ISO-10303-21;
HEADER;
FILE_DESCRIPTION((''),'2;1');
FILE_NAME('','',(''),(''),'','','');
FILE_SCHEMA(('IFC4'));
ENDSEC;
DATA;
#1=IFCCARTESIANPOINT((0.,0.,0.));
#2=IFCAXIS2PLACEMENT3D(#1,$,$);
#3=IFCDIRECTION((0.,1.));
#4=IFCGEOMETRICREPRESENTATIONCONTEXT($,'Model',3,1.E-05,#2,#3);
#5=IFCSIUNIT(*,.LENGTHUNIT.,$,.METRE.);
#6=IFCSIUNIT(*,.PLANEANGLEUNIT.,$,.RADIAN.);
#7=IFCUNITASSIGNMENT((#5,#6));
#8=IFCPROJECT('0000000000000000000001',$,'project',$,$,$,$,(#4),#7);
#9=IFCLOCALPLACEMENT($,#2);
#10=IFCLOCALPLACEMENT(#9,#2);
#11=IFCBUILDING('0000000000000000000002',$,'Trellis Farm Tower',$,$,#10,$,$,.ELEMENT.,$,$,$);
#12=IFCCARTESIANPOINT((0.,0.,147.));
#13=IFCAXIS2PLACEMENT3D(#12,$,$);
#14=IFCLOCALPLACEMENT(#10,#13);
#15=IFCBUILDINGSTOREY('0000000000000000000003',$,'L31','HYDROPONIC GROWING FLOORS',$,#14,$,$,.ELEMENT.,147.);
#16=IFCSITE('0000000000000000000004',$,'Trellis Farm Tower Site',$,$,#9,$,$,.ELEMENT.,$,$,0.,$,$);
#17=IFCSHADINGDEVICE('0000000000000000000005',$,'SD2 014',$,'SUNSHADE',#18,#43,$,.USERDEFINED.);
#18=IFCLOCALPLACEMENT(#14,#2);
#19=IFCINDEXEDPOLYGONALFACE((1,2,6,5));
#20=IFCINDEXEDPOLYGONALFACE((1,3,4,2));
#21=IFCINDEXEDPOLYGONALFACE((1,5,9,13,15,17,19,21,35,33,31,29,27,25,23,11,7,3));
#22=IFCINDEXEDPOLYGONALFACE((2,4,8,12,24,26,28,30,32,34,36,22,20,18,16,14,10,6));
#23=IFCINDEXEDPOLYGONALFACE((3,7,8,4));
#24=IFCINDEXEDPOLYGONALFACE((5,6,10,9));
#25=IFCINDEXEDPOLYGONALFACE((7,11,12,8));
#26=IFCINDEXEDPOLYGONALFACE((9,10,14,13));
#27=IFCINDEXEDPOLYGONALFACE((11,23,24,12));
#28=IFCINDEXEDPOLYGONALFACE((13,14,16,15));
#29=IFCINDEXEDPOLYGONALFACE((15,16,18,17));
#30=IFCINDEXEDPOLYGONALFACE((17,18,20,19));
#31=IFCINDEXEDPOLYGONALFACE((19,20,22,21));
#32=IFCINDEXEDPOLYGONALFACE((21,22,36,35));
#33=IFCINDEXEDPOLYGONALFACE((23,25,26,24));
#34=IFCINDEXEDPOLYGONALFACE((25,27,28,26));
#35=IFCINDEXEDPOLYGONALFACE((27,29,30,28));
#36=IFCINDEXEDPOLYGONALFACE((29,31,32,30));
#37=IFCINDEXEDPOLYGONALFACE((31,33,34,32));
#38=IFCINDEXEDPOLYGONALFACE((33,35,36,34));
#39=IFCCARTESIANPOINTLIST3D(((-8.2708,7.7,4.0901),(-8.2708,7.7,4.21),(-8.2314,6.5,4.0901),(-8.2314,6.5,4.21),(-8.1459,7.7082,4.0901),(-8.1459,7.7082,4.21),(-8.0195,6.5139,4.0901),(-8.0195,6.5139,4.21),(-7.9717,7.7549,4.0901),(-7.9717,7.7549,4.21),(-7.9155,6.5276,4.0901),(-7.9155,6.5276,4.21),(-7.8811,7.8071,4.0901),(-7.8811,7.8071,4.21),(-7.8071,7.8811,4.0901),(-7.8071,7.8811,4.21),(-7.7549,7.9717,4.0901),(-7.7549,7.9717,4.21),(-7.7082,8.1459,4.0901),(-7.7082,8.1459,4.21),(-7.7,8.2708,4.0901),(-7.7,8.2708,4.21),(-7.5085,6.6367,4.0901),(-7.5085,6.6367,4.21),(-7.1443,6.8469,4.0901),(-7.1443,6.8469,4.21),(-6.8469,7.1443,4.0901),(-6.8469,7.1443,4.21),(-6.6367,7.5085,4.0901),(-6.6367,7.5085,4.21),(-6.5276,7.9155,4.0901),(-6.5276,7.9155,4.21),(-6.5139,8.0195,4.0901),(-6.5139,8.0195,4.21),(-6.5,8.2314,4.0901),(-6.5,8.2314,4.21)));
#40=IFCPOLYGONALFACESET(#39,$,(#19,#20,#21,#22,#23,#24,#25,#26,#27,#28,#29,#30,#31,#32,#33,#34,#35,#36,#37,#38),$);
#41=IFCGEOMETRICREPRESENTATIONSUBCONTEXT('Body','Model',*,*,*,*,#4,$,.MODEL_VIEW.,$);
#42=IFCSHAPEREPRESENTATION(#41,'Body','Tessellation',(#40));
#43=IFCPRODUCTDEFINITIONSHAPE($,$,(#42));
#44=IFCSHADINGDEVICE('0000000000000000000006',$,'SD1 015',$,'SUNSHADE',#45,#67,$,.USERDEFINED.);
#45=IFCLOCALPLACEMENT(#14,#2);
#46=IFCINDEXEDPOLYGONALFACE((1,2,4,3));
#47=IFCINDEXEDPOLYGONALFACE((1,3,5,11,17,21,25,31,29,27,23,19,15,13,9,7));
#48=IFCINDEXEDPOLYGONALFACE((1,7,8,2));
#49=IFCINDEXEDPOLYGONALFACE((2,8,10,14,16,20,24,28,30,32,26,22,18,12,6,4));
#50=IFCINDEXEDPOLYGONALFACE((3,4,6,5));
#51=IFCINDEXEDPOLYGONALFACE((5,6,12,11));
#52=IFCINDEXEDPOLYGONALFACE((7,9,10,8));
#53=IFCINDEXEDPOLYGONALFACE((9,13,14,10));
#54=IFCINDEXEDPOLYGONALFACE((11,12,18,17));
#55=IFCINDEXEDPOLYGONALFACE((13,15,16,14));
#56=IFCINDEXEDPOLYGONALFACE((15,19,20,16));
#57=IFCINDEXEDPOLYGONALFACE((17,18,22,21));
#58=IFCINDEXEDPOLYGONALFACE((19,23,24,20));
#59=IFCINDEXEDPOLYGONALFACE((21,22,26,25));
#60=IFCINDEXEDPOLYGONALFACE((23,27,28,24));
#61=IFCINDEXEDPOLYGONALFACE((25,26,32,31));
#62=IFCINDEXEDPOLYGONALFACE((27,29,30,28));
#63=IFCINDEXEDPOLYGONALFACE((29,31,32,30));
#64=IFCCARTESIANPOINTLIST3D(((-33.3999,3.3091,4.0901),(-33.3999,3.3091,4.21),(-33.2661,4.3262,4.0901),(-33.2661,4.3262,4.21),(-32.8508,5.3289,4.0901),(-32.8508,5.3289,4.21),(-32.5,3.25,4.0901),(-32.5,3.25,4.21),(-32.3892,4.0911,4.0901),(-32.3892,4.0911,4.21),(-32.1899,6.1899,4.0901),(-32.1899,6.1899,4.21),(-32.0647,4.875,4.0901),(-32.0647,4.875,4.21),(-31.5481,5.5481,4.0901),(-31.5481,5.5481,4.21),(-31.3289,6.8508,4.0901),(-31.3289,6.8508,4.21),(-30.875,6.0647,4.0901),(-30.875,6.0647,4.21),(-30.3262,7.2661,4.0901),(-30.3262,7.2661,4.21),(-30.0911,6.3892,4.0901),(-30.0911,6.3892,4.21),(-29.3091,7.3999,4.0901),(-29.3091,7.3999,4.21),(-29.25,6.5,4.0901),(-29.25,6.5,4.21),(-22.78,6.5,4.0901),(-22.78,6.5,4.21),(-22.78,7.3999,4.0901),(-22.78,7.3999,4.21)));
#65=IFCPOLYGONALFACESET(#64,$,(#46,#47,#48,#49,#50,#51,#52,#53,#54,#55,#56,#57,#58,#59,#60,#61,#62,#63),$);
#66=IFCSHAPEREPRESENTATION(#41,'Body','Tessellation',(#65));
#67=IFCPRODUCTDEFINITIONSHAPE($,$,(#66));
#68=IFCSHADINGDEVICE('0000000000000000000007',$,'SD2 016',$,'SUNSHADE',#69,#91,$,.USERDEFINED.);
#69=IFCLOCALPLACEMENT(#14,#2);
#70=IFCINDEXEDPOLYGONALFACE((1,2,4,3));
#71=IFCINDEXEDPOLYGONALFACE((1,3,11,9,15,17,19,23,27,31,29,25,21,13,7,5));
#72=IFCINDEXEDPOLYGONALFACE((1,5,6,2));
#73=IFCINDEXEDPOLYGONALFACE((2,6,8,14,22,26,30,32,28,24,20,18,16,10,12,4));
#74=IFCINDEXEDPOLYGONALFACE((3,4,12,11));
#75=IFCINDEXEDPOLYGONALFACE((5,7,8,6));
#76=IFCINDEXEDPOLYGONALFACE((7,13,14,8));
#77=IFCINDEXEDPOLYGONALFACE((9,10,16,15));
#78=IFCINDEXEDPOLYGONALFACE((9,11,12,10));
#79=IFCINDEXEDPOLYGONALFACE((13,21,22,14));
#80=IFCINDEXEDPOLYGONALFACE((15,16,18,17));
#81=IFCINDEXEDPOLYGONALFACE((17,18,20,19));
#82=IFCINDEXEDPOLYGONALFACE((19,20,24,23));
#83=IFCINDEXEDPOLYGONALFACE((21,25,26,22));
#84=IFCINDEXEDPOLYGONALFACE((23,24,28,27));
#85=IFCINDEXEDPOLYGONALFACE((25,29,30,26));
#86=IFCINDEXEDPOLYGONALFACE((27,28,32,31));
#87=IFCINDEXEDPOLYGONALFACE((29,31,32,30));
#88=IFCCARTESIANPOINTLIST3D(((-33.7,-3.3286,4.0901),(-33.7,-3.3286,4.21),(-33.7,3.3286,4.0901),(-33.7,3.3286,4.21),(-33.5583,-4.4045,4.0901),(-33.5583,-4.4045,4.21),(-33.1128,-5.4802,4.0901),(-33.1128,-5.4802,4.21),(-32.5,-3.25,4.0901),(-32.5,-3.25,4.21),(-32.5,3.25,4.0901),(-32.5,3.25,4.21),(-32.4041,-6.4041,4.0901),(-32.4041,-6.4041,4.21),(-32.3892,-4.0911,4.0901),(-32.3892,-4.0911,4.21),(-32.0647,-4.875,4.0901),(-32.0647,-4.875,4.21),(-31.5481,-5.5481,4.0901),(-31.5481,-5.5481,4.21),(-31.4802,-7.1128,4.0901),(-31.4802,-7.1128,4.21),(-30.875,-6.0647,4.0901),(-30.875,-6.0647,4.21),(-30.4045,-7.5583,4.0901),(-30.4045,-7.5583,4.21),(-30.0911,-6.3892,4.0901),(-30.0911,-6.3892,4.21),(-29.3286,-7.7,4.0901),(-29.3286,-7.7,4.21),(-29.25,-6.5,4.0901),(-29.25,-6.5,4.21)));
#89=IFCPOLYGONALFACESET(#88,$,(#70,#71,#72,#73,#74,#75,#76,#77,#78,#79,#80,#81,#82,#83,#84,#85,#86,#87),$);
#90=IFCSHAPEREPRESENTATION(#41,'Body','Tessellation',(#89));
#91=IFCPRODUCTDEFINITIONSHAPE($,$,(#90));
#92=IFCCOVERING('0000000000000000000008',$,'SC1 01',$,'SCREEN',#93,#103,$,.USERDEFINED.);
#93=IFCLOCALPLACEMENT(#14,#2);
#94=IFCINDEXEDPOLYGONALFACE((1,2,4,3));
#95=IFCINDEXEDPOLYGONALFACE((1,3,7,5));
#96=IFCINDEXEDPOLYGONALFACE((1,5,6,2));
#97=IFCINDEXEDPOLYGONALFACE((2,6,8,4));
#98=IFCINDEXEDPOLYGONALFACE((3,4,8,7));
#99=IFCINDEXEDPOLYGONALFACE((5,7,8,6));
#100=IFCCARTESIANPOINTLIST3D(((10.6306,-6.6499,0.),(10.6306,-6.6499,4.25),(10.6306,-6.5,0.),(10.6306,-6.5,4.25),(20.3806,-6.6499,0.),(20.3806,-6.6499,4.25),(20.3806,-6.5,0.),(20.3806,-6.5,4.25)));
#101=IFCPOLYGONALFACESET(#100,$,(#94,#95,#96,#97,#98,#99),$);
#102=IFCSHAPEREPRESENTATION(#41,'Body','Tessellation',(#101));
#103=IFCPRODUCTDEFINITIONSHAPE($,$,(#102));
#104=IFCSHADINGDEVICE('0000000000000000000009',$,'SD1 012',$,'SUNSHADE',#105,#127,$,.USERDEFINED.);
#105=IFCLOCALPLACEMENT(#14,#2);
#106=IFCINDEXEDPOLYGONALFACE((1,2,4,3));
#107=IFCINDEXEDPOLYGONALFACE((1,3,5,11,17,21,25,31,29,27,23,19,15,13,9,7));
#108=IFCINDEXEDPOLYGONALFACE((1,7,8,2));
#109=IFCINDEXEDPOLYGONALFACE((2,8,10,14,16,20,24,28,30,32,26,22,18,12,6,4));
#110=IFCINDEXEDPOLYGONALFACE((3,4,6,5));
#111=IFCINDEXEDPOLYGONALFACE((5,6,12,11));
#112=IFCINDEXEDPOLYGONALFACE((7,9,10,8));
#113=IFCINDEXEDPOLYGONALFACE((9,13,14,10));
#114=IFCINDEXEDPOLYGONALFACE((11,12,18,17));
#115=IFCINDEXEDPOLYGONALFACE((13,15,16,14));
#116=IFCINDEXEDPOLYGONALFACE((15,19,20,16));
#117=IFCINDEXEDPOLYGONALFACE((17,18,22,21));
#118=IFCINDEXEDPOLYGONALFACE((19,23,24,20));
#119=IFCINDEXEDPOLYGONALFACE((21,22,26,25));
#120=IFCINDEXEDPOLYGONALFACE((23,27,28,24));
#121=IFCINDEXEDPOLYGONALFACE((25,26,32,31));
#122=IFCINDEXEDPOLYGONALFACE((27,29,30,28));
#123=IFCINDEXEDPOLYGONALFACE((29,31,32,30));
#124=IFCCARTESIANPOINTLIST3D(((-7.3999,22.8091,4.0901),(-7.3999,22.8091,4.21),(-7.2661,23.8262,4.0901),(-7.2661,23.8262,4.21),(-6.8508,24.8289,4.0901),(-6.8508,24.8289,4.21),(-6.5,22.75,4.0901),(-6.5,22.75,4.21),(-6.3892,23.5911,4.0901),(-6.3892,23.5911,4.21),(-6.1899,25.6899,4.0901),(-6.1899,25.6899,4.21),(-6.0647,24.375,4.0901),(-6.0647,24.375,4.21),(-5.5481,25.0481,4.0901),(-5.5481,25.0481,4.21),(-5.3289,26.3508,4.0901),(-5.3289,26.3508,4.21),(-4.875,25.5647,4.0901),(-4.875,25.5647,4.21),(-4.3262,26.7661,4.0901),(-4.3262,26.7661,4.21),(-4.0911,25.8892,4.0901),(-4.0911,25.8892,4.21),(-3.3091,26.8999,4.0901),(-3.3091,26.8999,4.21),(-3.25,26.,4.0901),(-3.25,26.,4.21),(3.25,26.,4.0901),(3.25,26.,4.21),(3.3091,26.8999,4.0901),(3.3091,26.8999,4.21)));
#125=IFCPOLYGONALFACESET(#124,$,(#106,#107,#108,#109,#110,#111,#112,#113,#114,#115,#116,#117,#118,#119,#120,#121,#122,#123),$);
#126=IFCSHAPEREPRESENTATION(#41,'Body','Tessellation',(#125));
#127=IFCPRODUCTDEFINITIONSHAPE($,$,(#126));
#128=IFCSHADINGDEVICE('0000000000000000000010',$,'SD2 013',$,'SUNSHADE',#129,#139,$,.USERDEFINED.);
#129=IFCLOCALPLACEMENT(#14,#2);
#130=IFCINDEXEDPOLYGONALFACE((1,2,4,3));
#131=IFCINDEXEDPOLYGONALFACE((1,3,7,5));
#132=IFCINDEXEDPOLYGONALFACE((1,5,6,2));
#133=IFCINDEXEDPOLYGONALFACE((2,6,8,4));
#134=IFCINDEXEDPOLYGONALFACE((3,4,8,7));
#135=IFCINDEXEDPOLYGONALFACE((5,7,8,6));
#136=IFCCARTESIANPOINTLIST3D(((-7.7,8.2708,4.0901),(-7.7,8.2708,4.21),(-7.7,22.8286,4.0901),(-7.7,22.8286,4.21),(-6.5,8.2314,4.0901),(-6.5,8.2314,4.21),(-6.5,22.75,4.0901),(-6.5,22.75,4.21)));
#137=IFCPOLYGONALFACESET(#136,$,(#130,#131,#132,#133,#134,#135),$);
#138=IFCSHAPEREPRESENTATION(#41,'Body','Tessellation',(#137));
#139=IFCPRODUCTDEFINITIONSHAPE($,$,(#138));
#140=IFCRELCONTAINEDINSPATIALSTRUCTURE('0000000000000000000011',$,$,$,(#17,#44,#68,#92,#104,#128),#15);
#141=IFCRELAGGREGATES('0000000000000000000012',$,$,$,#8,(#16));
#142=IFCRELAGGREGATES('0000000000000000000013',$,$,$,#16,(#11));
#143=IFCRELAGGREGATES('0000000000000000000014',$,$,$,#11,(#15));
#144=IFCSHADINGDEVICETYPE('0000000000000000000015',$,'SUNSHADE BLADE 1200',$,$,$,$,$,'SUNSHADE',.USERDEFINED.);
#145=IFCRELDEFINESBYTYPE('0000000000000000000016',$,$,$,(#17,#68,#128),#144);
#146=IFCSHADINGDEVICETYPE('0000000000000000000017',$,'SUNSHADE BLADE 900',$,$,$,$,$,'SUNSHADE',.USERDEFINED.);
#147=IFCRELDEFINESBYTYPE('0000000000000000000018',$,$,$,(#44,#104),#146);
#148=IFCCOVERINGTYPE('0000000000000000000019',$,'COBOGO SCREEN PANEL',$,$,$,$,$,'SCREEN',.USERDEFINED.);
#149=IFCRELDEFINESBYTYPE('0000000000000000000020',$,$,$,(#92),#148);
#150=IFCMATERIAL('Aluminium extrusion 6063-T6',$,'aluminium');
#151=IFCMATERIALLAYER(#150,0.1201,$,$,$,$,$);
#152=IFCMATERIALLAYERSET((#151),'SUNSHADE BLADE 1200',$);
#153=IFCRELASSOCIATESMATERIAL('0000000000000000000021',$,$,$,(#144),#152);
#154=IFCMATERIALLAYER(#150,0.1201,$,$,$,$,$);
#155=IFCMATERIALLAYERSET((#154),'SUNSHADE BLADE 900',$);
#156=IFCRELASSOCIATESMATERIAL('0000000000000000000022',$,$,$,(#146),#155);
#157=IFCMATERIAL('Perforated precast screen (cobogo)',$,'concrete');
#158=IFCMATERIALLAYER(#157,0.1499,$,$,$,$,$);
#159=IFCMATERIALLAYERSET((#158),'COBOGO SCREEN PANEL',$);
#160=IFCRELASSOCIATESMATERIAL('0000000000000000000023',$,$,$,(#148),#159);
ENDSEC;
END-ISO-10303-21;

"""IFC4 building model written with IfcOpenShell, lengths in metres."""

from ifc_helpers import new_model, si_unit, direction, frame, origin, place, context, subcontext, project, spatial, polyline, outline, extrude, source, transform, mapped, material, layer, layer_set, type_object, element, save


model = new_model("IFC4")

# Units and contexts
model_context = context("Model", 3, precision=1e-05, world=origin(), true_north=direction((0.0, 1.0)))
body_context = subcontext(model_context, "Body", "Model", "MODEL_VIEW")
ifc_project = project(units=[si_unit("LENGTHUNIT", "METRE"), si_unit("PLANEANGLEUNIT", "RADIAN")], contexts=[model_context])

# Site, building, storey
site_placement = place(None, origin())
site = spatial("IfcSite", under=ifc_project, at=site_placement, Name="Trellis Farm Tower Site", CompositionType="ELEMENT", RefElevation=0.0)
building_placement = place(site_placement, origin())
building = spatial("IfcBuilding", under=site, at=building_placement, Name="Trellis Farm Tower", CompositionType="ELEMENT")
storey_placement = place(building_placement, frame((0.0, 0.0, 147.0)))
storey = spatial("IfcBuildingStorey", under=building, at=storey_placement, Name="L31", Description="HYDROPONIC GROWING FLOORS", CompositionType="ELEMENT", Elevation=147.0)

# Shared definitions
placement_1 = place(storey_placement, origin())
ifc_material_1 = material(Name="Aluminium extrusion 6063-T6", Category="aluminium")

# Shading devices
ifc_layer_1 = layer(ifc_material_1, 0.1201)
ifc_layer_set_1 = layer_set([ifc_layer_1], Name="SUNSHADE BLADE 1200")
shading_device_type_1 = type_object("IfcShadingDeviceType", Name="SUNSHADE BLADE 1200", ElementType="SUNSHADE", PredefinedType="USERDEFINED", material=ifc_layer_set_1)
shared_shape_1 = source(origin(), body_context, "Body", "SweptSolid", [
    extrude(outline(polyline([(-7.7, 8.2708), (-7.7087, 8.1372), (-7.707, 8.1501), (-7.7549, 7.9717), (-7.8071, 7.8811), (-7.8811, 7.8071), (-7.9717, 7.7549), (-8.1501, 7.707), (-8.1372, 7.7087), (-8.2708, 7.7), (-8.2314, 6.5), (-8.0195, 6.5139), (-7.9155, 6.5276), (-7.5085, 6.6367), (-7.1443, 6.8469), (-6.8469, 7.1443), (-6.6367, 7.5085), (-6.5276, 7.9155), (-6.5139, 8.0195), (-6.5, 8.2314), (-7.7, 8.2708)])), origin(), (0.0, 0.0, 1.0), 0.1199),
])
placement_2 = place(storey_placement, frame((0.0, 0.0, 4.0901)))
element("IfcShadingDevice", 1, at=placement_2, inside=storey, type_object=shading_device_type_1, Name="SD2 014", ObjectType="SUNSHADE", PredefinedType="USERDEFINED", context=body_context, shape_type="MappedRepresentation", body=[
    mapped(shared_shape_1, transform((0.0, 0.0, 0.0))),
])
ifc_layer_2 = layer(ifc_material_1, 0.1201)
ifc_layer_set_2 = layer_set([ifc_layer_2], Name="SUNSHADE BLADE 900")
shading_device_type_2 = type_object("IfcShadingDeviceType", Name="SUNSHADE BLADE 900", ElementType="SUNSHADE", PredefinedType="USERDEFINED", material=ifc_layer_set_2)
shared_shape_2 = source(origin(), body_context, "Body", "SweptSolid", [
    extrude(outline(polyline([(-22.78, 7.3999), (-29.3091, 7.3999), (-30.3262, 7.2661), (-31.3289, 6.8508), (-32.1899, 6.1899), (-32.8508, 5.3289), (-33.2661, 4.3262), (-33.3999, 3.3091), (-32.5, 3.25), (-32.3892, 4.0911), (-32.0647, 4.875), (-31.5481, 5.5481), (-30.875, 6.0647), (-30.0911, 6.3892), (-29.25, 6.5), (-22.78, 6.5), (-22.78, 7.3999)])), origin(), (0.0, 0.0, 1.0), 0.1199),
])
element("IfcShadingDevice", 2, at=placement_2, inside=storey, type_object=shading_device_type_2, Name="SD1 015", ObjectType="SUNSHADE", PredefinedType="USERDEFINED", context=body_context, shape_type="MappedRepresentation", body=[
    mapped(shared_shape_2, transform((0.0, 0.0, 0.0))),
])
shared_shape_3 = source(origin(), body_context, "Body", "SweptSolid", [
    extrude(outline(polyline([(-33.7, 3.3286), (-33.7, -3.3286), (-33.5583, -4.4045), (-33.1128, -5.4802), (-32.4041, -6.4041), (-31.4802, -7.1128), (-30.4045, -7.5583), (-29.3286, -7.7), (-29.25, -6.5), (-30.0911, -6.3892), (-30.875, -6.0647), (-31.5481, -5.5481), (-32.0647, -4.875), (-32.3892, -4.0911), (-32.5, -3.25), (-32.5, 3.25), (-33.7, 3.3286)])), origin(), (0.0, 0.0, 1.0), 0.1199),
])
element("IfcShadingDevice", 3, at=placement_2, inside=storey, type_object=shading_device_type_1, Name="SD2 016", ObjectType="SUNSHADE", PredefinedType="USERDEFINED", context=body_context, shape_type="MappedRepresentation", body=[
    mapped(shared_shape_3, transform((0.0, 0.0, 0.0))),
])

# Covering
ifc_material_2 = material(Name="Perforated precast screen (cobogo)", Category="concrete")
ifc_layer_3 = layer(ifc_material_2, 0.1499)
ifc_layer_set_3 = layer_set([ifc_layer_3], Name="COBOGO SCREEN PANEL")
covering_type = type_object("IfcCoveringType", Name="COBOGO SCREEN PANEL", ElementType="SCREEN", PredefinedType="USERDEFINED", material=ifc_layer_set_3)
shared_shape_4 = source(origin(), body_context, "Body", "SweptSolid", [
    extrude(outline(polyline([(10.6306, -6.6499), (20.3806, -6.6499), (20.3806, -6.5), (10.6306, -6.5), (10.6306, -6.6499)])), origin(), (0.0, 0.0, 1.0), 4.25),
])
element("IfcCovering", 4, at=placement_1, inside=storey, type_object=covering_type, Name="SC1 01", ObjectType="SCREEN", PredefinedType="USERDEFINED", context=body_context, shape_type="MappedRepresentation", body=[
    mapped(shared_shape_4, transform((0.0, 0.0, 0.0))),
])

# Shading devices
shared_shape_5 = source(origin(), body_context, "Body", "SweptSolid", [
    extrude(outline(polyline([(3.3091, 26.8999), (-3.3091, 26.8999), (-4.3262, 26.7661), (-5.3289, 26.3508), (-6.1899, 25.6899), (-6.8508, 24.8289), (-7.2661, 23.8262), (-7.3999, 22.8091), (-6.5, 22.75), (-6.3892, 23.5911), (-6.0647, 24.375), (-5.5481, 25.0481), (-4.875, 25.5647), (-4.0911, 25.8892), (-3.25, 26.0), (3.25, 26.0), (3.3091, 26.8999)])), origin(), (0.0, 0.0, 1.0), 0.1199),
])
element("IfcShadingDevice", 5, at=placement_2, inside=storey, type_object=shading_device_type_2, Name="SD1 012", ObjectType="SUNSHADE", PredefinedType="USERDEFINED", context=body_context, shape_type="MappedRepresentation", body=[
    mapped(shared_shape_5, transform((0.0, 0.0, 0.0))),
])
shared_shape_6 = source(origin(), body_context, "Body", "SweptSolid", [
    extrude(outline(polyline([(-7.7, 22.8286), (-7.7, 8.2708), (-6.5, 8.2314), (-6.5, 22.75), (-7.7, 22.8286)])), origin(), (0.0, 0.0, 1.0), 0.1199),
])
element("IfcShadingDevice", 6, at=placement_2, inside=storey, type_object=shading_device_type_1, Name="SD2 013", ObjectType="SUNSHADE", PredefinedType="USERDEFINED", context=body_context, shape_type="MappedRepresentation", body=[
    mapped(shared_shape_6, transform((0.0, 0.0, 0.0))),
])

save(model, "model.ifc")
